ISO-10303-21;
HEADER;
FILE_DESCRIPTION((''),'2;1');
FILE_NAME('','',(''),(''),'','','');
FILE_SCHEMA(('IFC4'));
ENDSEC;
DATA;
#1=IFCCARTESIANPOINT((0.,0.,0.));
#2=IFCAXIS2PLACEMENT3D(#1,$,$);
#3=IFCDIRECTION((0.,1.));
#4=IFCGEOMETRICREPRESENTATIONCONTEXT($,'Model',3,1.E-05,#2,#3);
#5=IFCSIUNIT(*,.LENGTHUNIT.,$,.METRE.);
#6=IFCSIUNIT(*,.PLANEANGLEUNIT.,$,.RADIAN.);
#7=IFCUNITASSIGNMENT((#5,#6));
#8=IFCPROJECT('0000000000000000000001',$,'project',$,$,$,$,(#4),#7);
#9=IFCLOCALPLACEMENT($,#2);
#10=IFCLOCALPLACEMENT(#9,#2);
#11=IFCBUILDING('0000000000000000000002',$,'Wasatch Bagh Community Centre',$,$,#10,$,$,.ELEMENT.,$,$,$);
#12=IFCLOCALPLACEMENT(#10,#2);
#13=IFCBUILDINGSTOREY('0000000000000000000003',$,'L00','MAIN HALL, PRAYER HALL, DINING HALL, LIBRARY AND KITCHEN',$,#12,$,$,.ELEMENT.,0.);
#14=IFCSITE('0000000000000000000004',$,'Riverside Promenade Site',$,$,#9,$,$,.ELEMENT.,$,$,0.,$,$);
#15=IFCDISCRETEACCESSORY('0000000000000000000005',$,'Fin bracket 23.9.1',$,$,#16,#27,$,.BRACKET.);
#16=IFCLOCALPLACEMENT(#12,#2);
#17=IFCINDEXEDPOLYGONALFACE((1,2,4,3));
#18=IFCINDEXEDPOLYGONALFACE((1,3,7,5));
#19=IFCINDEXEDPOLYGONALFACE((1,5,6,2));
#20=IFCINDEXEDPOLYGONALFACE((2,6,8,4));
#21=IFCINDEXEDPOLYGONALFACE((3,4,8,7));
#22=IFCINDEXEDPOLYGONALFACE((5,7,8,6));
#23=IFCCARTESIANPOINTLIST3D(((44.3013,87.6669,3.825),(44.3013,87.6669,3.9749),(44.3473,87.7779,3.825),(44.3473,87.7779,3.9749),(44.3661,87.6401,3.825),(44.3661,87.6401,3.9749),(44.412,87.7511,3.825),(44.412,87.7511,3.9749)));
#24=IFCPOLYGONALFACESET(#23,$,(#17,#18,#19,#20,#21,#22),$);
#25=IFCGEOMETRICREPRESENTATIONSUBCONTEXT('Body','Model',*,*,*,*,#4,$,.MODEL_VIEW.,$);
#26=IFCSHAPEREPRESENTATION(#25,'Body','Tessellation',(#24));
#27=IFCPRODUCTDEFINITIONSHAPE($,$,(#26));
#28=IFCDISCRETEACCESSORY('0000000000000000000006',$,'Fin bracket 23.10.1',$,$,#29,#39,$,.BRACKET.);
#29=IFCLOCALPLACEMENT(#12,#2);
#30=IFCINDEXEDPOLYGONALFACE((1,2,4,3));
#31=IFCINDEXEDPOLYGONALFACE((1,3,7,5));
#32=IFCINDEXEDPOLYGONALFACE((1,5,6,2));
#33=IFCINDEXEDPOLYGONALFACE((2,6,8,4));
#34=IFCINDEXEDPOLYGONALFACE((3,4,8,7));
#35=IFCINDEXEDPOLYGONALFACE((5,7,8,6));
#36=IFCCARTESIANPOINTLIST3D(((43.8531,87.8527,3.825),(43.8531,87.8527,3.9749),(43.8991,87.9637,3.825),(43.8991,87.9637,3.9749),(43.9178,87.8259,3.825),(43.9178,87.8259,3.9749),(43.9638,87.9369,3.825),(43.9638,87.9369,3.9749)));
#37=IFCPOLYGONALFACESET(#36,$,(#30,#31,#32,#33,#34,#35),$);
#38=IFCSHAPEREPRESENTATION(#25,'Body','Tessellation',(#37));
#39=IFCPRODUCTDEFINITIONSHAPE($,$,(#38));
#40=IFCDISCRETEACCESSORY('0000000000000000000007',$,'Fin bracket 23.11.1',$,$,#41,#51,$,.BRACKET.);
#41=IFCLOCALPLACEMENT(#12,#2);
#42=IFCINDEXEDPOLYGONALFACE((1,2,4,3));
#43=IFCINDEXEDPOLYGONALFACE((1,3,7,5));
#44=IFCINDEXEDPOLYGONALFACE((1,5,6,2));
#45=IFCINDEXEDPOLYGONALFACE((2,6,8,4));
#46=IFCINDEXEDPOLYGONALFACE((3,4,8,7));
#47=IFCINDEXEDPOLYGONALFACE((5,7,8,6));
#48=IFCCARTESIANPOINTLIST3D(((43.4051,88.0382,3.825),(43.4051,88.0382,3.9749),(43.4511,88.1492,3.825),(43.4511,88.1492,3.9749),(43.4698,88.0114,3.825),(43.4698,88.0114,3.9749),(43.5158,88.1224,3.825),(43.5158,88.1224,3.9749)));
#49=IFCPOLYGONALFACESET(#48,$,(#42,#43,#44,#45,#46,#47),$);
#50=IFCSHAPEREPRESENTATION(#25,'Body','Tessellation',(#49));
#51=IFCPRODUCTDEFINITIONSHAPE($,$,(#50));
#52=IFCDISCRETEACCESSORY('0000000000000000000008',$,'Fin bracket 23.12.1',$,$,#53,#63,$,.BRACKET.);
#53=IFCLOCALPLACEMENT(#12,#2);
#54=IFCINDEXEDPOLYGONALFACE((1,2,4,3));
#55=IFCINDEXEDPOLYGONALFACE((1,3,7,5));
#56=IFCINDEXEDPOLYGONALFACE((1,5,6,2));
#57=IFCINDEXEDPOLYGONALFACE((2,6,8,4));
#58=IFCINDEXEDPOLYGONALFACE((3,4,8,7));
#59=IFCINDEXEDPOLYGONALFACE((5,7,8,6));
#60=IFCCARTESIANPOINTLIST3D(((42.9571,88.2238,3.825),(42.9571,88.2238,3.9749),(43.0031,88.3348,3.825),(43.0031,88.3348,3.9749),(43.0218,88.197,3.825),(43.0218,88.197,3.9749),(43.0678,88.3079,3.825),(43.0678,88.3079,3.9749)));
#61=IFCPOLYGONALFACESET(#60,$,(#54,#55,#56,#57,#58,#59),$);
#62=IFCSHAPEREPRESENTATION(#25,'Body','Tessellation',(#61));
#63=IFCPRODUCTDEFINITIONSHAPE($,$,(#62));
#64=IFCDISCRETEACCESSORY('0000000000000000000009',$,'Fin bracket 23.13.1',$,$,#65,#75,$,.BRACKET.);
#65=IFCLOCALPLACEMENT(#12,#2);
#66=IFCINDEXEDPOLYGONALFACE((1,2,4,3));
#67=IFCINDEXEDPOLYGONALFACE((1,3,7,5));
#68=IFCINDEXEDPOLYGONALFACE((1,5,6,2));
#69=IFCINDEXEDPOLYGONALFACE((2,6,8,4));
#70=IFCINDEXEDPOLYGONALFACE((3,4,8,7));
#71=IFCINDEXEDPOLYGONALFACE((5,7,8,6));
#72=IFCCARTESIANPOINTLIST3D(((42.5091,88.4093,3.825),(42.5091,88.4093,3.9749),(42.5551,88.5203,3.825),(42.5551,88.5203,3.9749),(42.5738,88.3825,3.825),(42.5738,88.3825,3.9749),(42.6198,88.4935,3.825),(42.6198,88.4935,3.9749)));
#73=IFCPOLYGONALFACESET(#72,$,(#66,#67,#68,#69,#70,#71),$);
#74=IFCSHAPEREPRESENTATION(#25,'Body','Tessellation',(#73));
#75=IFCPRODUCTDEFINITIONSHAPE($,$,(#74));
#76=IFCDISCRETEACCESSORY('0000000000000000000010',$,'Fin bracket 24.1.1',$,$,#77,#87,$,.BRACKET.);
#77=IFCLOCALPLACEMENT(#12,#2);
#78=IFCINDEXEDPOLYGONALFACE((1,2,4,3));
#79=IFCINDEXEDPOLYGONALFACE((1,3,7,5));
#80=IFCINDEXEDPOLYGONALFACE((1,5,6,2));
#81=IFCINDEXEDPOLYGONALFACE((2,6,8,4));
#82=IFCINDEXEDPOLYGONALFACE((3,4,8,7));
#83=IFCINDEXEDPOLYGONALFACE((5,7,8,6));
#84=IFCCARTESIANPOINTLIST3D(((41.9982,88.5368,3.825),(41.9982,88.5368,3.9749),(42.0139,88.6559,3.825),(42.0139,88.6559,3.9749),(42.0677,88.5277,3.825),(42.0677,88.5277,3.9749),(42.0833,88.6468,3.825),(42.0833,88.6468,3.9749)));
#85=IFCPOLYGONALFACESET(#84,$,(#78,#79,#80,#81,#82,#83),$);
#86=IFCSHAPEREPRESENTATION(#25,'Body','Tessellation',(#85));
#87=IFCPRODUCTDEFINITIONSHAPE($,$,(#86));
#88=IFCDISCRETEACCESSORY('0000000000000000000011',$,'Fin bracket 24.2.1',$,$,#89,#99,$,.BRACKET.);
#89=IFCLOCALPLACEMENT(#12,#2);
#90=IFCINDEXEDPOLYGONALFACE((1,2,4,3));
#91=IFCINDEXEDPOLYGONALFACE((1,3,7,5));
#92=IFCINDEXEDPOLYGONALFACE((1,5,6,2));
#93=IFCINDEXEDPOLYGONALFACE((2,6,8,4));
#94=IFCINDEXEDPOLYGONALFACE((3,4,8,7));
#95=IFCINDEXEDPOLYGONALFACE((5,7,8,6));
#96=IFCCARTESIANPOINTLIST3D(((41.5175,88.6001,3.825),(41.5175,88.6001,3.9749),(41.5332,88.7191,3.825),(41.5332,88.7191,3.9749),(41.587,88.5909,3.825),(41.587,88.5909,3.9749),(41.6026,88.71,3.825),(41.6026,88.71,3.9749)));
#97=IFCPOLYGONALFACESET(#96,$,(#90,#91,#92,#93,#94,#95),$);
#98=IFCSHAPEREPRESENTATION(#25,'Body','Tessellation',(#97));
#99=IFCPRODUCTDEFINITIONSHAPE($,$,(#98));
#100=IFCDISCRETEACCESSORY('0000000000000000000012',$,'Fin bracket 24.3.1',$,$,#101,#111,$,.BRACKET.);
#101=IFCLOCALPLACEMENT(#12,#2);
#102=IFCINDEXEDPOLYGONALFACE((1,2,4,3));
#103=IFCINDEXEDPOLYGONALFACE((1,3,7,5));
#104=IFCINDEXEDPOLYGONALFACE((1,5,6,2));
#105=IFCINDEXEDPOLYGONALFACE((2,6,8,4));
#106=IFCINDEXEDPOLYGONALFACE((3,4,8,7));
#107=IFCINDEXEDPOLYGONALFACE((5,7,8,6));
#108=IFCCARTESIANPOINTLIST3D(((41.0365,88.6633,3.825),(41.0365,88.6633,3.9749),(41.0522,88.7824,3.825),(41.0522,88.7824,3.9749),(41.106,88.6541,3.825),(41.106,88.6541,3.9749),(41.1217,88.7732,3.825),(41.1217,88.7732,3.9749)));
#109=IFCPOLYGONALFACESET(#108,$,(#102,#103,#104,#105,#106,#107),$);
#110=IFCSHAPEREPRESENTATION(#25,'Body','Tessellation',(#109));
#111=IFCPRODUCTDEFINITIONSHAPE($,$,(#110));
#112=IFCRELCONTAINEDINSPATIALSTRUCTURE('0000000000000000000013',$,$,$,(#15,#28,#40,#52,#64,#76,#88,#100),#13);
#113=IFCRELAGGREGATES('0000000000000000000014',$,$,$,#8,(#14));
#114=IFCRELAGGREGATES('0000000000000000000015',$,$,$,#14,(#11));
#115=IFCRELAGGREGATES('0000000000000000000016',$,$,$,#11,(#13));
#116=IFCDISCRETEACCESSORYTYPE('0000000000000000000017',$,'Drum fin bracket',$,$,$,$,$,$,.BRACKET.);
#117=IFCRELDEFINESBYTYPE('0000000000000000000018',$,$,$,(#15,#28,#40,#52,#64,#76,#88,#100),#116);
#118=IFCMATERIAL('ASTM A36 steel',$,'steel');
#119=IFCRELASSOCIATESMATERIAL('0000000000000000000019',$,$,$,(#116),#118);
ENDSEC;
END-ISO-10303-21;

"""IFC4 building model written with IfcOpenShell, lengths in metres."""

from ifc_helpers import new_model, si_unit, direction, frame, origin, origin_2d, place, context, subcontext, project, spatial, rectangle, extrude, material, type_object, element, save


model = new_model("IFC4")

# Units and contexts
model_context = context("Model", 3, precision=1e-05, world=origin(), true_north=direction((0.0, 1.0)))
body_context = subcontext(model_context, "Body", "Model", "MODEL_VIEW")
ifc_project = project(units=[si_unit("LENGTHUNIT", "METRE"), si_unit("PLANEANGLEUNIT", "RADIAN")], contexts=[model_context])

# Site, building, storey
site_placement = place(None, origin())
site = spatial("IfcSite", under=ifc_project, at=site_placement, Name="Riverside Promenade Site", CompositionType="ELEMENT", RefElevation=0.0)
building_placement = place(site_placement, origin())
building = spatial("IfcBuilding", under=site, at=building_placement, Name="Wasatch Bagh Community Centre", CompositionType="ELEMENT")
storey_placement = place(building_placement, origin())
storey = spatial("IfcBuildingStorey", under=building, at=storey_placement, Name="L00", Description="MAIN HALL, PRAYER HALL, DINING HALL, LIBRARY AND KITCHEN", CompositionType="ELEMENT", Elevation=0.0)

# Discrete accessories
ifc_material_1 = material(Name="ASTM A36 steel", Category="steel")
discrete_accessory_type = type_object("IfcDiscreteAccessoryType", Name="Drum fin bracket", PredefinedType="BRACKET", material=ifc_material_1)
for number, where, z_axis, x_axis, name in (
    (1, (44.3567, 87.709, 3.825), (0.0, 0.0, 1.0), (-0.92388, 0.382683, 0.0), "Fin bracket 23.9.1"),
    (2, (43.9084, 87.8948, 3.825), (0.0, 0.0, 1.0), (-0.92388, 0.382683, 0.0), "Fin bracket 23.10.1"),
    (3, (43.4604, 88.0803, 3.825), (0.0, 0.0, 1.0), (-0.92388, 0.382683, 0.0), "Fin bracket 23.11.1"),
    (4, (43.0125, 88.2659, 3.825), (0.0, 0.0, 1.0), (-0.92388, 0.382683, 0.0), "Fin bracket 23.12.1"),
    (5, (42.5645, 88.4514, 3.825), (0.0, 0.0, 1.0), (-0.92388, 0.382683, 0.0), "Fin bracket 23.13.1"),
    (6, (42.0408, 88.5918, 3.825), (0.0, 0.0, 1.0), (-0.991445, 0.130526, 0.0), "Fin bracket 24.1.1"),
    (7, (41.5601, 88.655, 3.825), (0.0, 0.0, 1.0), (-0.991445, 0.130526, 0.0), "Fin bracket 24.2.1"),
    (8, (41.0791, 88.7183, 3.825), (0.0, 0.0, 1.0), (-0.991445, 0.130526, 0.0), "Fin bracket 24.3.1"),
):
    element("IfcDiscreteAccessory", number, at=place(storey_placement, frame(where, z_axis=z_axis, x_axis=x_axis)), inside=storey, type_object=discrete_accessory_type, Name=name, PredefinedType="BRACKET", context=body_context, shape_type="SweptSolid", body=[
        extrude(rectangle(XDim=0.0701, YDim=0.1201, at=origin_2d()), origin(), (0.0, 0.0, 1.0), 0.1499),
    ])

save(model, "model.ifc")
